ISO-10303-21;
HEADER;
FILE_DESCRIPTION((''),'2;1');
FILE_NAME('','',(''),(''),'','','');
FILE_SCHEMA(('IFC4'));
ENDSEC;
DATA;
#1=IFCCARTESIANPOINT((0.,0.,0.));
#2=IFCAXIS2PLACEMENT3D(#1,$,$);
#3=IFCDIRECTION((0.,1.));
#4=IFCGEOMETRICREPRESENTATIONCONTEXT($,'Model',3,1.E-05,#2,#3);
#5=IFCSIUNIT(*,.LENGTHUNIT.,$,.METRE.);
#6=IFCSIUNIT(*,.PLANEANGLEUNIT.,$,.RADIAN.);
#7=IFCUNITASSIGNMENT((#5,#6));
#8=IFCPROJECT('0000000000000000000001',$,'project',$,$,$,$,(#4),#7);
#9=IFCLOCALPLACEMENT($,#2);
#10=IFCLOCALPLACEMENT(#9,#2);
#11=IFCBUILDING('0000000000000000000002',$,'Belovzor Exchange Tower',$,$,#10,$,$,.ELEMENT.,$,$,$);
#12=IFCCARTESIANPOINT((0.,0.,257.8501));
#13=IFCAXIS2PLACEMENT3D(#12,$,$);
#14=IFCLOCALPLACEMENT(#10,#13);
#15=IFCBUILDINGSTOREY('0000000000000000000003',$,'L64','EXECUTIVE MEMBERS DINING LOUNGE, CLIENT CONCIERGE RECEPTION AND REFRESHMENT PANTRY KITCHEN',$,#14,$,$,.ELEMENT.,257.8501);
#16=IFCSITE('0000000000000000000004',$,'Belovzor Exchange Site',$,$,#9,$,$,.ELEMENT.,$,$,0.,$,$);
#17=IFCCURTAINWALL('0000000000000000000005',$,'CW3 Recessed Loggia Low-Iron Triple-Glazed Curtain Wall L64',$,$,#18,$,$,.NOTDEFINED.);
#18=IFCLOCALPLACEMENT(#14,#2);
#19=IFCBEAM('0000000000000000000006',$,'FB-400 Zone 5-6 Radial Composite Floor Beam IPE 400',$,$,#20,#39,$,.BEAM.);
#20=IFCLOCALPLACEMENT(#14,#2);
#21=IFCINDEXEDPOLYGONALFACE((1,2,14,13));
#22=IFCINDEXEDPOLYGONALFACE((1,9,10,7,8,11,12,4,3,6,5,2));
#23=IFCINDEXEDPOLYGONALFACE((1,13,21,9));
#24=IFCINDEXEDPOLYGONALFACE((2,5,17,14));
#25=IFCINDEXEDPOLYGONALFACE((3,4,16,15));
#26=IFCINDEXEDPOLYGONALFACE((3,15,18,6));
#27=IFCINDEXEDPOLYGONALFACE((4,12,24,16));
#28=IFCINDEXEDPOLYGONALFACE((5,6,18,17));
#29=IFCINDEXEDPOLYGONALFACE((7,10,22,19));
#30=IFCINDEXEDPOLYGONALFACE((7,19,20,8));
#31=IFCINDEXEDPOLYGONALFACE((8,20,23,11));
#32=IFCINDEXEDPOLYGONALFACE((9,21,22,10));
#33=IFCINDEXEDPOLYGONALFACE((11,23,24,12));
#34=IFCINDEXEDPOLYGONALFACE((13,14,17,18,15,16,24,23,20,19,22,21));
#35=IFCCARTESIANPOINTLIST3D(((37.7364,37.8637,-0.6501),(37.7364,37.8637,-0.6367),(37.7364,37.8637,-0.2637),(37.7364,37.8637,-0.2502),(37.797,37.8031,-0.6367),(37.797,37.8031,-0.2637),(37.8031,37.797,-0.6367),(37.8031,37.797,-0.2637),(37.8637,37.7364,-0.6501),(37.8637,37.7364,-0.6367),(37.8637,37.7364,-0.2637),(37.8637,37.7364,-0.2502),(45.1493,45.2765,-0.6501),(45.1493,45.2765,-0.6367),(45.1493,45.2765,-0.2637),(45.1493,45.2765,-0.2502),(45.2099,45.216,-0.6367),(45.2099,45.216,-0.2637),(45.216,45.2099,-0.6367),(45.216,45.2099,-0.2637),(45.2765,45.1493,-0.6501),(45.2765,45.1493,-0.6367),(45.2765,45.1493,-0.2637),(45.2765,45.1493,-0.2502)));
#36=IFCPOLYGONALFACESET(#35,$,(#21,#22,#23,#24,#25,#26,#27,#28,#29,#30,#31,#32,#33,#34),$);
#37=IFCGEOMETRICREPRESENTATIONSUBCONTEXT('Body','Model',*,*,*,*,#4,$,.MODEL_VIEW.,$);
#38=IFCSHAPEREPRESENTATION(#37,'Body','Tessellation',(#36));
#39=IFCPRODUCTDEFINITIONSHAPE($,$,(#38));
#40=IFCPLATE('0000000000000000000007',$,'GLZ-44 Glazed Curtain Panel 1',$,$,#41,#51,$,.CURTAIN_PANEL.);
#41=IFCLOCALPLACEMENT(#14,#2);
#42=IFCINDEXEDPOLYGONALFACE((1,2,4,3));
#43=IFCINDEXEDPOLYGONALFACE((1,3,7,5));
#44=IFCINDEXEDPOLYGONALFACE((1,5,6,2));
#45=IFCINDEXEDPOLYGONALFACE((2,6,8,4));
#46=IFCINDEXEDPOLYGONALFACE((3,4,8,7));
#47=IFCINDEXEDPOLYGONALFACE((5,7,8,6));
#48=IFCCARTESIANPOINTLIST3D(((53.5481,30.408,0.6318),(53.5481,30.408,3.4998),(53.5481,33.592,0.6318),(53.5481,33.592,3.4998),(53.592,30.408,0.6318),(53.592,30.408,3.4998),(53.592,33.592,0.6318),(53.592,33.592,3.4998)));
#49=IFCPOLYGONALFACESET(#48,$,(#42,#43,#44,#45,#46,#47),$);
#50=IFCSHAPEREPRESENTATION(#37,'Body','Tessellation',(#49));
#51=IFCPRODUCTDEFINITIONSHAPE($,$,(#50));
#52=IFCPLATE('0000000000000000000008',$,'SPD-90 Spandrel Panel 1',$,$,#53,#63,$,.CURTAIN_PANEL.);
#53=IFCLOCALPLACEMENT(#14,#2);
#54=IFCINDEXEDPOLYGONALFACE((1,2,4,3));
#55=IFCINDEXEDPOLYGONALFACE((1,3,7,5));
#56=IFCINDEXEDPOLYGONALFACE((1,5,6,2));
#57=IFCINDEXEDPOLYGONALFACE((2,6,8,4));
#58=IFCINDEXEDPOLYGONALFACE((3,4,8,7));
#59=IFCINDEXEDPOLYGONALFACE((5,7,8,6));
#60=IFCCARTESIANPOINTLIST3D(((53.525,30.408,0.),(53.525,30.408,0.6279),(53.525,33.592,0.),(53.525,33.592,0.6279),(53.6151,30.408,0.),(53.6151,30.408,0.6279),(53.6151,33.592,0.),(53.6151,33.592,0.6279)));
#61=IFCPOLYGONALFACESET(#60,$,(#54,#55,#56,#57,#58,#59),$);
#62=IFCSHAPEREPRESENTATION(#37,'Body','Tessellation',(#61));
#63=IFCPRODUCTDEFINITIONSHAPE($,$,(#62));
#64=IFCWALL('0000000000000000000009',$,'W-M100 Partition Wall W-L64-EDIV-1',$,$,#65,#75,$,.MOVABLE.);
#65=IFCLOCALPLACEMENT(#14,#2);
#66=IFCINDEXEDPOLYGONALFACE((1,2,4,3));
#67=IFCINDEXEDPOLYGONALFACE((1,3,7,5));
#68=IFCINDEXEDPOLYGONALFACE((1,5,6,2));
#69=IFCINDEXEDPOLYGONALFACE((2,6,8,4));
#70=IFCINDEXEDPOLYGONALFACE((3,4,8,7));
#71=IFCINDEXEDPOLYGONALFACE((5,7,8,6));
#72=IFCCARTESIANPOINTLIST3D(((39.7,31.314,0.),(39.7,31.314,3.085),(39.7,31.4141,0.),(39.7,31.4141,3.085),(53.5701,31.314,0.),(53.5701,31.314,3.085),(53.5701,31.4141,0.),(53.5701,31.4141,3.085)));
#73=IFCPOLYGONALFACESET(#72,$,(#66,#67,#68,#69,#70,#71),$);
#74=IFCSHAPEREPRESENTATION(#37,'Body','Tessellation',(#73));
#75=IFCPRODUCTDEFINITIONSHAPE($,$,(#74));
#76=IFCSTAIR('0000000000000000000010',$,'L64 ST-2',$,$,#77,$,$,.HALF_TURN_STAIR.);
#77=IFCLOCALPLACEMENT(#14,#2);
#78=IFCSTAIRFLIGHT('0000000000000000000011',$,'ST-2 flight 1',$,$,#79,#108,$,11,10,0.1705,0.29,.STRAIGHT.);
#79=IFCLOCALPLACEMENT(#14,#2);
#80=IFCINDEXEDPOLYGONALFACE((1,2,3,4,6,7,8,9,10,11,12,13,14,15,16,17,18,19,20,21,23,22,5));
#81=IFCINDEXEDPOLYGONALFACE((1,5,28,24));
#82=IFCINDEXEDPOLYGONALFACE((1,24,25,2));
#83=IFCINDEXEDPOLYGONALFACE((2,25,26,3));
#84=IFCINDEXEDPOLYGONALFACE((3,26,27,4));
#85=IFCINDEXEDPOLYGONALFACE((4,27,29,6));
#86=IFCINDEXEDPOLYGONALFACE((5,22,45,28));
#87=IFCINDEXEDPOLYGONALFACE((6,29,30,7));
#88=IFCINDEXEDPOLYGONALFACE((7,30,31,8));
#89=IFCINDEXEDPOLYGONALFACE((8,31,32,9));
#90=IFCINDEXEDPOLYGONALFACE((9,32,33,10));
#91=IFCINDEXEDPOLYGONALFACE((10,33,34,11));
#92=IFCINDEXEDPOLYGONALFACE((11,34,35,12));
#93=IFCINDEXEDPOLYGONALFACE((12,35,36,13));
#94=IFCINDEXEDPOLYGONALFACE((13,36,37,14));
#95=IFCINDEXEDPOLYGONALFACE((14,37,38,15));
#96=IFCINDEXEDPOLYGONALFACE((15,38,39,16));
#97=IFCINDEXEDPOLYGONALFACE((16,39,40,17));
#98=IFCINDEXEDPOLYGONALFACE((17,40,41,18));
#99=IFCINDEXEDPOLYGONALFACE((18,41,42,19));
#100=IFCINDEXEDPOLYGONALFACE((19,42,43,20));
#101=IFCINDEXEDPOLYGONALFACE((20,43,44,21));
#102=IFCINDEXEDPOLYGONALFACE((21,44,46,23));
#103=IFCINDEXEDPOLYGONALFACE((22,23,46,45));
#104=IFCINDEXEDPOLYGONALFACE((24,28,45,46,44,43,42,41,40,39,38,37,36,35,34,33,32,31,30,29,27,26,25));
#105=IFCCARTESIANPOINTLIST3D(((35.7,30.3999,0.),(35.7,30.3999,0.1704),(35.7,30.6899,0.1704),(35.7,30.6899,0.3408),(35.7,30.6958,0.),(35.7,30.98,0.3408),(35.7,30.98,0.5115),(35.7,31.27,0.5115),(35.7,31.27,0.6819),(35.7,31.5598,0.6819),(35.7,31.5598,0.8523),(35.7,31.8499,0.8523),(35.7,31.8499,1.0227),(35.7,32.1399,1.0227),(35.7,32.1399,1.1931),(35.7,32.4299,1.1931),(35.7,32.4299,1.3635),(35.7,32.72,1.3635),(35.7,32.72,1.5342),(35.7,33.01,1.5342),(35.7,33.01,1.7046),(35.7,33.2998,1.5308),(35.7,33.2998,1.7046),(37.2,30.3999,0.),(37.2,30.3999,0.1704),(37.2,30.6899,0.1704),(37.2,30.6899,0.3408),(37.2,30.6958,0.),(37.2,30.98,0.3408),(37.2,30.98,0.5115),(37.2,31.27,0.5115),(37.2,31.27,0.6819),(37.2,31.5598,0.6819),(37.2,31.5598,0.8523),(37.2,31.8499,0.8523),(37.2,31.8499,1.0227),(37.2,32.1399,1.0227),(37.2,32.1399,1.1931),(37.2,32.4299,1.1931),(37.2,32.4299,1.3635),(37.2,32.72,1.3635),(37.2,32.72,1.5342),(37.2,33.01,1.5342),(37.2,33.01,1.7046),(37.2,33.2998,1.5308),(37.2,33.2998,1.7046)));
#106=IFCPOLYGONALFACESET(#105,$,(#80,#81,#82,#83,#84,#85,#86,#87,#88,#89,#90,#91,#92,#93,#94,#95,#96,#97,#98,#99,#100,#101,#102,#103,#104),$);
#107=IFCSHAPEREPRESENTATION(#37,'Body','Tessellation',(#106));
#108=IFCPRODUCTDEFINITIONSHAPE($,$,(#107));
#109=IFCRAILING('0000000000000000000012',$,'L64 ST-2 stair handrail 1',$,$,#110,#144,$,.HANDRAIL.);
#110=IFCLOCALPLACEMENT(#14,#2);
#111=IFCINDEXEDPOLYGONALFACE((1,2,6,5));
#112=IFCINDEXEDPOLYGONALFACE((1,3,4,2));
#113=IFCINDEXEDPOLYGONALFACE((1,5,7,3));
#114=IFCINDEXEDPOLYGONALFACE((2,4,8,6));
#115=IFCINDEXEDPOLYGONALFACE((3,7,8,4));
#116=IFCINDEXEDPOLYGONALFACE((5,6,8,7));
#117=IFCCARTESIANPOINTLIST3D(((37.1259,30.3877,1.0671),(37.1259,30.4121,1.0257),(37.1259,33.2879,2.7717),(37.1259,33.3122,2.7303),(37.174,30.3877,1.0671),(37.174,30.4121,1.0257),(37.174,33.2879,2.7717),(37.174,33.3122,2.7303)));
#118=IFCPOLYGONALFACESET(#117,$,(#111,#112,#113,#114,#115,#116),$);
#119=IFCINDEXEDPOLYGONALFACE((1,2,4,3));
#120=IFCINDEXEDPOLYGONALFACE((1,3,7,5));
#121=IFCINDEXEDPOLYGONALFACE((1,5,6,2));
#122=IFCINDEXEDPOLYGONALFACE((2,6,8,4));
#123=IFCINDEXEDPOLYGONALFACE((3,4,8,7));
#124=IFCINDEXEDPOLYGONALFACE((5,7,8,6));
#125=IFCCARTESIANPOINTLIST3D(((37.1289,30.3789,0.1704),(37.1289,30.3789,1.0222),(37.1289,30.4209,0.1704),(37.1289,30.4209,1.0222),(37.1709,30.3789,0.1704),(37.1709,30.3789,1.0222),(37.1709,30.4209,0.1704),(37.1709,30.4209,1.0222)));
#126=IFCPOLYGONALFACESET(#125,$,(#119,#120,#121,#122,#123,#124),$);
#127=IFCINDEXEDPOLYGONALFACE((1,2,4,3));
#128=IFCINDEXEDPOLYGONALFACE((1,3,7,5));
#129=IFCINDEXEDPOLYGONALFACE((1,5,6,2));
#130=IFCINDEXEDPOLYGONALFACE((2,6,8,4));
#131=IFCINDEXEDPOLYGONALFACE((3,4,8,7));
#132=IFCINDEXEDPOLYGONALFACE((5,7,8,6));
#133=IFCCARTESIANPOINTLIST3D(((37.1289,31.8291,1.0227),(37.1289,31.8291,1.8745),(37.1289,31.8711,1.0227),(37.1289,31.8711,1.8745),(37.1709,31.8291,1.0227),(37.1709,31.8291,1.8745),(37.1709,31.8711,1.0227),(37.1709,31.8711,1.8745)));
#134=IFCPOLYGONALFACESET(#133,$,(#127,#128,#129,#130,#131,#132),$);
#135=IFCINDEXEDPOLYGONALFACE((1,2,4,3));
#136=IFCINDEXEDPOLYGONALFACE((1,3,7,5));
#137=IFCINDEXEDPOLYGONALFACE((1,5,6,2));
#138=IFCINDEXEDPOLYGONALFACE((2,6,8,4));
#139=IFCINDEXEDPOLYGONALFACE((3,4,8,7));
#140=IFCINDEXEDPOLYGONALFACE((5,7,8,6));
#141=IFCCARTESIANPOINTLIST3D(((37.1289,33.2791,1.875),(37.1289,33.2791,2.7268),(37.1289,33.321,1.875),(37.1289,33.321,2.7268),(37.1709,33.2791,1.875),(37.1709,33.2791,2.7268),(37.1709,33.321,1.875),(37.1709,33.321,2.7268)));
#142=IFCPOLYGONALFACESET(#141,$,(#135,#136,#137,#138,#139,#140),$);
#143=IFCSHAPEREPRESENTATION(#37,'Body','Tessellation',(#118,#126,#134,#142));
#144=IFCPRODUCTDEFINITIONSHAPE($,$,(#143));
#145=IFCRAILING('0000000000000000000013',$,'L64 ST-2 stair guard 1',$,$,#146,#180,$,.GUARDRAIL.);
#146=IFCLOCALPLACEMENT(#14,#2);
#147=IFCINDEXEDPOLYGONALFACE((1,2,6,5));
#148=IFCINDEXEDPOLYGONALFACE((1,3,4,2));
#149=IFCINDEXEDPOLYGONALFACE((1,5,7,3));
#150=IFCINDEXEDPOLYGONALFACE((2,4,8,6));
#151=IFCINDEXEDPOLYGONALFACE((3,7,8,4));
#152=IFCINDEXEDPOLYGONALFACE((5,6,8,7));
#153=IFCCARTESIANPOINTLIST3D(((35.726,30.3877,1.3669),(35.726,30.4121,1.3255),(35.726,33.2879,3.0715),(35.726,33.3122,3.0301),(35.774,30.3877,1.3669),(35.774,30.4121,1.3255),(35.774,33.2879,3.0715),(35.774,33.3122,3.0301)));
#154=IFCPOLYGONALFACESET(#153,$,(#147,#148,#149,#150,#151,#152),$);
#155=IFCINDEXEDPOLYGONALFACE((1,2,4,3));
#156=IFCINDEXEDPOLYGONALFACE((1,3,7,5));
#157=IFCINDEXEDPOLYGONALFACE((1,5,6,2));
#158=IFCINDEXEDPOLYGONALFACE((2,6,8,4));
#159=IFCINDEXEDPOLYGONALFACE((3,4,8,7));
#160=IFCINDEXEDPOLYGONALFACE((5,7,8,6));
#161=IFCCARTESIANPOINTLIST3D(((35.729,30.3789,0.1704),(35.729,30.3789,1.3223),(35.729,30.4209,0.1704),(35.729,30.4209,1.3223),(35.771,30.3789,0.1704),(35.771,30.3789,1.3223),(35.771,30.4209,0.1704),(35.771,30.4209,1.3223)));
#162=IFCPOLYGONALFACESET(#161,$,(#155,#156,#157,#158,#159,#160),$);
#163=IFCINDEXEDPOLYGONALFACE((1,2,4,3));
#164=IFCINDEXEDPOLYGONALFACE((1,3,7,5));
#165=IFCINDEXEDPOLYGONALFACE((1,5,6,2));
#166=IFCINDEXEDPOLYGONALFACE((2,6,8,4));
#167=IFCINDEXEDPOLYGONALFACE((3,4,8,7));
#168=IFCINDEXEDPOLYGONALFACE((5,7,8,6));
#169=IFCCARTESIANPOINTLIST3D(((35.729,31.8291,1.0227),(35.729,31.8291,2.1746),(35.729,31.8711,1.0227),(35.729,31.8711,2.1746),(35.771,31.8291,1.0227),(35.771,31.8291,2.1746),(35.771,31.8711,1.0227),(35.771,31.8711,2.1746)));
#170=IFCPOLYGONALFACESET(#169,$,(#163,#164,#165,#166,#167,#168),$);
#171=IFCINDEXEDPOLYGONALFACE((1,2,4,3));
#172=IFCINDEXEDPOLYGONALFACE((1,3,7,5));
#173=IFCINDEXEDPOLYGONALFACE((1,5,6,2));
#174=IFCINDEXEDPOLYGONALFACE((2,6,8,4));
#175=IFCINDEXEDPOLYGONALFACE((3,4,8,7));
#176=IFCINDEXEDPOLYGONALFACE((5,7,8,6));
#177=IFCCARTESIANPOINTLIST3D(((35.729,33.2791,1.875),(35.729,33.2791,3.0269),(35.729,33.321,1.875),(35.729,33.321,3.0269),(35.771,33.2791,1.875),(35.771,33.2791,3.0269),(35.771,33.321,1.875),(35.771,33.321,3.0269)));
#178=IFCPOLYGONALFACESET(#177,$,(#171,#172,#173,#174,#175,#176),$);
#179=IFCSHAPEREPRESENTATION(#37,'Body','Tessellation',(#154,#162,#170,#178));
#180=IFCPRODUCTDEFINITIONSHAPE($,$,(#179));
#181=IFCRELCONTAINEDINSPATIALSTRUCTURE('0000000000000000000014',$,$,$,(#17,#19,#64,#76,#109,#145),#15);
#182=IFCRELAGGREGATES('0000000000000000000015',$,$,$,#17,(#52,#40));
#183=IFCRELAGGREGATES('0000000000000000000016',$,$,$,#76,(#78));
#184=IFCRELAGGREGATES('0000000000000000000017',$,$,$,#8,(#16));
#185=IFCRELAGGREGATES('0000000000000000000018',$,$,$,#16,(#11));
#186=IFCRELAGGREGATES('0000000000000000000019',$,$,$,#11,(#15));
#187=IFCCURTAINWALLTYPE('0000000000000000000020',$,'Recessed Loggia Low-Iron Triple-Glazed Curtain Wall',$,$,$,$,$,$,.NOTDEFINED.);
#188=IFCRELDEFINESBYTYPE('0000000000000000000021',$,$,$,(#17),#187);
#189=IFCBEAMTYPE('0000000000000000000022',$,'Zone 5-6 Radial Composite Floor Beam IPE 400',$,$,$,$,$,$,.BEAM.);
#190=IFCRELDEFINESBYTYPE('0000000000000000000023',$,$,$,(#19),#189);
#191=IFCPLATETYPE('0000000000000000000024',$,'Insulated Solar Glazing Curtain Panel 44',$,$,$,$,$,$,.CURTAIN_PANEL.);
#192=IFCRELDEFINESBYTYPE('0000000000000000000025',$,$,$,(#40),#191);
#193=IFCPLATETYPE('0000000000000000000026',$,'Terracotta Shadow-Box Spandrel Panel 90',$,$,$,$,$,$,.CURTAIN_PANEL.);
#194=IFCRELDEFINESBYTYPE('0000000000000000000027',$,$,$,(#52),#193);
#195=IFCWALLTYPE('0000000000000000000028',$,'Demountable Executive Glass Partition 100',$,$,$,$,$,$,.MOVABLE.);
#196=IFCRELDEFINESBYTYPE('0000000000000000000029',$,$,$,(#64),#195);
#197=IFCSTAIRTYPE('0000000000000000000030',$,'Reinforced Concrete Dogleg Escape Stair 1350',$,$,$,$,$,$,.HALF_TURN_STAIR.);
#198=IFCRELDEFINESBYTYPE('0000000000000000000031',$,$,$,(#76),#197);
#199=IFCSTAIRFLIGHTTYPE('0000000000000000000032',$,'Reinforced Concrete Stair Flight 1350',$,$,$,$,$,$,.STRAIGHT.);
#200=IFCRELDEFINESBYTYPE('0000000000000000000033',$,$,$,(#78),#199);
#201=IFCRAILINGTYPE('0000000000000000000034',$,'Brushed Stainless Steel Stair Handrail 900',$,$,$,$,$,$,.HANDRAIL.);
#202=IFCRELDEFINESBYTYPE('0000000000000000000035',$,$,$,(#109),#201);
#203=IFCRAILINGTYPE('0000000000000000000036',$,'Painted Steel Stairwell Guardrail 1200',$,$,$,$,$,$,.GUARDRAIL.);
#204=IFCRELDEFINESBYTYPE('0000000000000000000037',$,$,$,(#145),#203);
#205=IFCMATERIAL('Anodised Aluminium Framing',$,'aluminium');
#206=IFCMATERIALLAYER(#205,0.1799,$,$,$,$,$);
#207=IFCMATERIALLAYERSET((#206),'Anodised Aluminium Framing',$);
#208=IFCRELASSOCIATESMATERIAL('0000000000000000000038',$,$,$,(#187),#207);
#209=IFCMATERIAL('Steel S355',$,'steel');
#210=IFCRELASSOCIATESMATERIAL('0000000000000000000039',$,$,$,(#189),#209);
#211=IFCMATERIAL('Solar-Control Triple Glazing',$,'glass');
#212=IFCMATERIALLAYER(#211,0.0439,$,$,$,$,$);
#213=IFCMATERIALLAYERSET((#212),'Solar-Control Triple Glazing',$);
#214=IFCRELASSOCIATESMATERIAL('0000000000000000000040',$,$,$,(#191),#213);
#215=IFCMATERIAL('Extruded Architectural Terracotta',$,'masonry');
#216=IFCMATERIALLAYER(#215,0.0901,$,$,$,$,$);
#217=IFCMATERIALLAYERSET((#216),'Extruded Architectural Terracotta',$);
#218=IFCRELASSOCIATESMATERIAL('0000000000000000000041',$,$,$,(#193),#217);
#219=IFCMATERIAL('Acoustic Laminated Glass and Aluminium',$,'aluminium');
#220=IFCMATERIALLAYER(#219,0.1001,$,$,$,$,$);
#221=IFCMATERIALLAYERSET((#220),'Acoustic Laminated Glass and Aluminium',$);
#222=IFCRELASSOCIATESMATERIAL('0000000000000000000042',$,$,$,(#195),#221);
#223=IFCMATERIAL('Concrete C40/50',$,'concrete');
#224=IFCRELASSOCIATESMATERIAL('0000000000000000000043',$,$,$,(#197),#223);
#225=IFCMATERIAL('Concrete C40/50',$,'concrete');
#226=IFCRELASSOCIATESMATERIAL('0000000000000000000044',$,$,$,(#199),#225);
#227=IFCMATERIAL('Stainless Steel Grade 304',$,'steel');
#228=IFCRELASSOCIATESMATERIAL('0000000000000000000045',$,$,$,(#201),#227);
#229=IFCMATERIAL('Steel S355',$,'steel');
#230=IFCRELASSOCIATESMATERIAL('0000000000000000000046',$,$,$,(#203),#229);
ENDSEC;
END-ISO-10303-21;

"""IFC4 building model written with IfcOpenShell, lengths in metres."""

from ifc_helpers import new_model, si_unit, direction, frame, frame_2d, origin, origin_2d, place, context, subcontext, project, spatial, polyline, rectangle, i_section, outline, extrude, material, layer, layer_set, material_profile, profile_set, type_object, element, aggregate, save


model = new_model("IFC4")

# Units and contexts
model_context = context("Model", 3, precision=1e-05, world=origin(), true_north=direction((0.0, 1.0)))
body_context = subcontext(model_context, "Body", "Model", "MODEL_VIEW")
ifc_project = project(units=[si_unit("LENGTHUNIT", "METRE"), si_unit("PLANEANGLEUNIT", "RADIAN")], contexts=[model_context])

# Site, building, storey
site_placement = place(None, origin())
site = spatial("IfcSite", under=ifc_project, at=site_placement, Name="Belovzor Exchange Site", CompositionType="ELEMENT", RefElevation=0.0)
building_placement = place(site_placement, origin())
building = spatial("IfcBuilding", under=site, at=building_placement, Name="Belovzor Exchange Tower", CompositionType="ELEMENT")
storey_placement = place(building_placement, frame((0.0, 0.0, 257.8501)))
storey = spatial("IfcBuildingStorey", under=building, at=storey_placement, Name="L64", Description="EXECUTIVE MEMBERS DINING LOUNGE, CLIENT CONCIERGE RECEPTION AND REFRESHMENT PANTRY KITCHEN", CompositionType="ELEMENT", Elevation=257.8501)

# Curtain wall
ifc_material_1 = material(Name="Anodised Aluminium Framing", Category="aluminium")
ifc_layer_1 = layer(ifc_material_1, 0.1799)
ifc_layer_set_1 = layer_set([ifc_layer_1], Name="Anodised Aluminium Framing")
curtain_wall_type = type_object("IfcCurtainWallType", Name="Recessed Loggia Low-Iron Triple-Glazed Curtain Wall", PredefinedType="NOTDEFINED", material=ifc_layer_set_1)
curtain_wall_placement = place(storey_placement, origin())
curtain_wall = element("IfcCurtainWall", 1, at=curtain_wall_placement, inside=storey, type_object=curtain_wall_type, Name="CW3 Recessed Loggia Low-Iron Triple-Glazed Curtain Wall L64", PredefinedType="NOTDEFINED")

# Beam
ifc_material_2 = material(Name="Steel S355", Category="steel")
ifc_material_profile_1 = material_profile(ifc_material_2, i_section(OverallWidth=0.1799, OverallDepth=0.3999, WebThickness=0.0085, FlangeThickness=0.0134, at=origin_2d()))
ifc_profile_set_1 = profile_set([ifc_material_profile_1], Name="Steel S355")
beam_type_1 = type_object("IfcBeamType", Name="Zone 5-6 Radial Composite Floor Beam IPE 400", PredefinedType="BEAM", material=ifc_profile_set_1)
beam_placement = place(storey_placement, frame((37.8, 37.8, -0.4502), z_axis=(0.707107, 0.707107, 0.0), x_axis=(-0.707107, 0.707107, 0.0)))
element("IfcBeam", 2, at=beam_placement, inside=storey, type_object=beam_type_1, Name="FB-400 Zone 5-6 Radial Composite Floor Beam IPE 400", PredefinedType="BEAM", context=body_context, shape_type="SweptSolid", body=[
    extrude(i_section(OverallWidth=0.1799, OverallDepth=0.3999, WebThickness=0.0085, FlangeThickness=0.0134, at=origin_2d()), origin(), (0.0, 0.0, 1.0), 10.4834),
])

# Plates
ifc_material_3 = material(Name="Solar-Control Triple Glazing", Category="glass")
ifc_layer_2 = layer(ifc_material_3, 0.0439)
ifc_layer_set_2 = layer_set([ifc_layer_2], Name="Solar-Control Triple Glazing")
plate_type_1 = type_object("IfcPlateType", Name="Insulated Solar Glazing Curtain Panel 44", PredefinedType="CURTAIN_PANEL", material=ifc_layer_set_2)
plate_1_placement = place(storey_placement, frame((53.5701, 32.0, 0.6318), z_axis=(0.0, 0.0, 1.0), x_axis=(0.0, -1.0, 0.0)))
plate_1 = element("IfcPlate", 3, at=plate_1_placement, type_object=plate_type_1, Name="GLZ-44 Glazed Curtain Panel 1", PredefinedType="CURTAIN_PANEL", context=body_context, shape_type="SweptSolid", body=[
    extrude(rectangle(XDim=3.1841, YDim=0.0439, at=origin_2d()), origin(), (0.0, 0.0, 1.0), 2.8679),
])
ifc_material_4 = material(Name="Extruded Architectural Terracotta", Category="masonry")
ifc_layer_3 = layer(ifc_material_4, 0.0901)
ifc_layer_set_3 = layer_set([ifc_layer_3], Name="Extruded Architectural Terracotta")
plate_type_2 = type_object("IfcPlateType", Name="Terracotta Shadow-Box Spandrel Panel 90", PredefinedType="CURTAIN_PANEL", material=ifc_layer_set_3)
plate_2_placement = place(storey_placement, frame((53.5701, 32.0, 0.0), z_axis=(0.0, 0.0, 1.0), x_axis=(0.0, -1.0, 0.0)))
plate_2 = element("IfcPlate", 4, at=plate_2_placement, type_object=plate_type_2, Name="SPD-90 Spandrel Panel 1", PredefinedType="CURTAIN_PANEL", context=body_context, shape_type="SweptSolid", body=[
    extrude(rectangle(XDim=3.1841, YDim=0.0901, at=origin_2d()), origin(), (0.0, 0.0, 1.0), 0.6279),
])
aggregate(curtain_wall, [plate_2, plate_1])

# Wall
ifc_material_5 = material(Name="Acoustic Laminated Glass and Aluminium", Category="aluminium")
ifc_layer_4 = layer(ifc_material_5, 0.1001)
ifc_layer_set_4 = layer_set([ifc_layer_4], Name="Acoustic Laminated Glass and Aluminium")
wall_type = type_object("IfcWallType", Name="Demountable Executive Glass Partition 100", PredefinedType="MOVABLE", material=ifc_layer_set_4)
wall_placement = place(storey_placement, frame((39.7, 31.364, 0.0), z_axis=(0.0, 0.0, 1.0), x_axis=(1.0, 0.0, 0.0)))
element("IfcWall", 5, at=wall_placement, inside=storey, type_object=wall_type, Name="W-M100 Partition Wall W-L64-EDIV-1", PredefinedType="MOVABLE", context=body_context, shape_type="SweptSolid", body=[
    extrude(rectangle(XDim=13.8701, YDim=0.1001, at=frame_2d((6.9351, 0.0))), origin(), (0.0, 0.0, 1.0), 3.085),
])

# Stair, stair flight
ifc_material_6 = material(Name="Concrete C40/50", Category="concrete")
stair_type = type_object("IfcStairType", Name="Reinforced Concrete Dogleg Escape Stair 1350", PredefinedType="HALF_TURN_STAIR", material=ifc_material_6)
stair_placement = place(storey_placement, origin())
stair = element("IfcStair", 6, at=stair_placement, inside=storey, type_object=stair_type, Name="L64 ST-2", PredefinedType="HALF_TURN_STAIR")
ifc_material_7 = material(Name="Concrete C40/50", Category="concrete")
stair_flight_type = type_object("IfcStairFlightType", Name="Reinforced Concrete Stair Flight 1350", PredefinedType="STRAIGHT", material=ifc_material_7)
stair_flight_placement = place(storey_placement, frame((36.45, 30.3999, 0.0), z_axis=(0.0, 0.0, 1.0), x_axis=(0.0, 1.0, 0.0)))
stair_flight = element("IfcStairFlight", 7, at=stair_flight_placement, type_object=stair_flight_type, Name="ST-2 flight 1", NumberOfRisers=11, NumberOfTreads=10, PredefinedType="STRAIGHT", RiserHeight=0.1705, TreadLength=0.29, context=body_context, shape_type="SweptSolid", body=[
    extrude(outline(polyline([(0.0, 0.0), (0.0, 0.1704), (0.29, 0.1704), (0.29, 0.3408), (0.5801, 0.3408), (0.5801, 0.5115), (0.8701, 0.5115), (0.8701, 0.6819), (1.1599, 0.6819), (1.1599, 0.8523), (1.45, 0.8523), (1.45, 1.0227), (1.74, 1.0227), (1.74, 1.1931), (2.03, 1.1931), (2.03, 1.3635), (2.3201, 1.3635), (2.3201, 1.5342), (2.6101, 1.5342), (2.6101, 1.7046), (2.8999, 1.7046), (2.8999, 1.875), (2.8999, 1.5308), (0.2959, 0.0), (0.0, 0.0)])), frame((0.0, 0.75, 0.0), z_axis=(0.0, -1.0, 0.0), x_axis=(1.0, 0.0, 0.0)), (0.0, 0.0, 1.0), 1.5),
])
aggregate(stair, [stair_flight])

# Railings
ifc_material_8 = material(Name="Stainless Steel Grade 304", Category="steel")
railing_type_1 = type_object("IfcRailingType", Name="Brushed Stainless Steel Stair Handrail 900", PredefinedType="HANDRAIL", material=ifc_material_8)
railing_1_placement = place(storey_placement, frame((37.1499, 30.3999, 0.1704)))
element("IfcRailing", 8, at=railing_1_placement, inside=storey, type_object=railing_type_1, Name="L64 ST-2 stair handrail 1", PredefinedType="HANDRAIL", context=body_context, shape_type="SweptSolid", body=[
    extrude(rectangle(XDim=0.0481, YDim=0.0481, at=origin_2d()), frame((0.0, 0.0, 0.876), z_axis=(0.0, 0.862113, 0.506716), x_axis=(-1.0, 0.0, 0.0)), (0.0, 0.0, 1.0), 3.364),
    extrude(rectangle(XDim=0.042, YDim=0.042, at=origin_2d()), origin(), (0.0, 0.0, 1.0), 0.8518),
    extrude(rectangle(XDim=0.042, YDim=0.042, at=origin_2d()), frame((0.0, 1.4502, 0.8523)), (0.0, 0.0, 1.0), 0.8518),
    extrude(rectangle(XDim=0.042, YDim=0.042, at=origin_2d()), frame((0.0, 2.9001, 1.7046)), (0.0, 0.0, 1.0), 0.8518),
])
ifc_material_9 = material(Name="Steel S355", Category="steel")
railing_type_2 = type_object("IfcRailingType", Name="Painted Steel Stairwell Guardrail 1200", PredefinedType="GUARDRAIL", material=ifc_material_9)
railing_2_placement = place(storey_placement, frame((35.75, 30.3999, 0.1704)))
element("IfcRailing", 9, at=railing_2_placement, inside=storey, type_object=railing_type_2, Name="L64 ST-2 stair guard 1", PredefinedType="GUARDRAIL", context=body_context, shape_type="SweptSolid", body=[
    extrude(rectangle(XDim=0.0481, YDim=0.0481, at=origin_2d()), frame((0.0, 0.0, 1.1758), z_axis=(0.0, 0.862113, 0.506716), x_axis=(-1.0, 0.0, 0.0)), (0.0, 0.0, 1.0), 3.364),
    extrude(rectangle(XDim=0.042, YDim=0.042, at=origin_2d()), origin(), (0.0, 0.0, 1.0), 1.1519),
    extrude(rectangle(XDim=0.042, YDim=0.042, at=origin_2d()), frame((0.0, 1.4502, 0.8523)), (0.0, 0.0, 1.0), 1.1519),
    extrude(rectangle(XDim=0.042, YDim=0.042, at=origin_2d()), frame((0.0, 2.9001, 1.7046)), (0.0, 0.0, 1.0), 1.1519),
])

save(model, "model.ifc")
